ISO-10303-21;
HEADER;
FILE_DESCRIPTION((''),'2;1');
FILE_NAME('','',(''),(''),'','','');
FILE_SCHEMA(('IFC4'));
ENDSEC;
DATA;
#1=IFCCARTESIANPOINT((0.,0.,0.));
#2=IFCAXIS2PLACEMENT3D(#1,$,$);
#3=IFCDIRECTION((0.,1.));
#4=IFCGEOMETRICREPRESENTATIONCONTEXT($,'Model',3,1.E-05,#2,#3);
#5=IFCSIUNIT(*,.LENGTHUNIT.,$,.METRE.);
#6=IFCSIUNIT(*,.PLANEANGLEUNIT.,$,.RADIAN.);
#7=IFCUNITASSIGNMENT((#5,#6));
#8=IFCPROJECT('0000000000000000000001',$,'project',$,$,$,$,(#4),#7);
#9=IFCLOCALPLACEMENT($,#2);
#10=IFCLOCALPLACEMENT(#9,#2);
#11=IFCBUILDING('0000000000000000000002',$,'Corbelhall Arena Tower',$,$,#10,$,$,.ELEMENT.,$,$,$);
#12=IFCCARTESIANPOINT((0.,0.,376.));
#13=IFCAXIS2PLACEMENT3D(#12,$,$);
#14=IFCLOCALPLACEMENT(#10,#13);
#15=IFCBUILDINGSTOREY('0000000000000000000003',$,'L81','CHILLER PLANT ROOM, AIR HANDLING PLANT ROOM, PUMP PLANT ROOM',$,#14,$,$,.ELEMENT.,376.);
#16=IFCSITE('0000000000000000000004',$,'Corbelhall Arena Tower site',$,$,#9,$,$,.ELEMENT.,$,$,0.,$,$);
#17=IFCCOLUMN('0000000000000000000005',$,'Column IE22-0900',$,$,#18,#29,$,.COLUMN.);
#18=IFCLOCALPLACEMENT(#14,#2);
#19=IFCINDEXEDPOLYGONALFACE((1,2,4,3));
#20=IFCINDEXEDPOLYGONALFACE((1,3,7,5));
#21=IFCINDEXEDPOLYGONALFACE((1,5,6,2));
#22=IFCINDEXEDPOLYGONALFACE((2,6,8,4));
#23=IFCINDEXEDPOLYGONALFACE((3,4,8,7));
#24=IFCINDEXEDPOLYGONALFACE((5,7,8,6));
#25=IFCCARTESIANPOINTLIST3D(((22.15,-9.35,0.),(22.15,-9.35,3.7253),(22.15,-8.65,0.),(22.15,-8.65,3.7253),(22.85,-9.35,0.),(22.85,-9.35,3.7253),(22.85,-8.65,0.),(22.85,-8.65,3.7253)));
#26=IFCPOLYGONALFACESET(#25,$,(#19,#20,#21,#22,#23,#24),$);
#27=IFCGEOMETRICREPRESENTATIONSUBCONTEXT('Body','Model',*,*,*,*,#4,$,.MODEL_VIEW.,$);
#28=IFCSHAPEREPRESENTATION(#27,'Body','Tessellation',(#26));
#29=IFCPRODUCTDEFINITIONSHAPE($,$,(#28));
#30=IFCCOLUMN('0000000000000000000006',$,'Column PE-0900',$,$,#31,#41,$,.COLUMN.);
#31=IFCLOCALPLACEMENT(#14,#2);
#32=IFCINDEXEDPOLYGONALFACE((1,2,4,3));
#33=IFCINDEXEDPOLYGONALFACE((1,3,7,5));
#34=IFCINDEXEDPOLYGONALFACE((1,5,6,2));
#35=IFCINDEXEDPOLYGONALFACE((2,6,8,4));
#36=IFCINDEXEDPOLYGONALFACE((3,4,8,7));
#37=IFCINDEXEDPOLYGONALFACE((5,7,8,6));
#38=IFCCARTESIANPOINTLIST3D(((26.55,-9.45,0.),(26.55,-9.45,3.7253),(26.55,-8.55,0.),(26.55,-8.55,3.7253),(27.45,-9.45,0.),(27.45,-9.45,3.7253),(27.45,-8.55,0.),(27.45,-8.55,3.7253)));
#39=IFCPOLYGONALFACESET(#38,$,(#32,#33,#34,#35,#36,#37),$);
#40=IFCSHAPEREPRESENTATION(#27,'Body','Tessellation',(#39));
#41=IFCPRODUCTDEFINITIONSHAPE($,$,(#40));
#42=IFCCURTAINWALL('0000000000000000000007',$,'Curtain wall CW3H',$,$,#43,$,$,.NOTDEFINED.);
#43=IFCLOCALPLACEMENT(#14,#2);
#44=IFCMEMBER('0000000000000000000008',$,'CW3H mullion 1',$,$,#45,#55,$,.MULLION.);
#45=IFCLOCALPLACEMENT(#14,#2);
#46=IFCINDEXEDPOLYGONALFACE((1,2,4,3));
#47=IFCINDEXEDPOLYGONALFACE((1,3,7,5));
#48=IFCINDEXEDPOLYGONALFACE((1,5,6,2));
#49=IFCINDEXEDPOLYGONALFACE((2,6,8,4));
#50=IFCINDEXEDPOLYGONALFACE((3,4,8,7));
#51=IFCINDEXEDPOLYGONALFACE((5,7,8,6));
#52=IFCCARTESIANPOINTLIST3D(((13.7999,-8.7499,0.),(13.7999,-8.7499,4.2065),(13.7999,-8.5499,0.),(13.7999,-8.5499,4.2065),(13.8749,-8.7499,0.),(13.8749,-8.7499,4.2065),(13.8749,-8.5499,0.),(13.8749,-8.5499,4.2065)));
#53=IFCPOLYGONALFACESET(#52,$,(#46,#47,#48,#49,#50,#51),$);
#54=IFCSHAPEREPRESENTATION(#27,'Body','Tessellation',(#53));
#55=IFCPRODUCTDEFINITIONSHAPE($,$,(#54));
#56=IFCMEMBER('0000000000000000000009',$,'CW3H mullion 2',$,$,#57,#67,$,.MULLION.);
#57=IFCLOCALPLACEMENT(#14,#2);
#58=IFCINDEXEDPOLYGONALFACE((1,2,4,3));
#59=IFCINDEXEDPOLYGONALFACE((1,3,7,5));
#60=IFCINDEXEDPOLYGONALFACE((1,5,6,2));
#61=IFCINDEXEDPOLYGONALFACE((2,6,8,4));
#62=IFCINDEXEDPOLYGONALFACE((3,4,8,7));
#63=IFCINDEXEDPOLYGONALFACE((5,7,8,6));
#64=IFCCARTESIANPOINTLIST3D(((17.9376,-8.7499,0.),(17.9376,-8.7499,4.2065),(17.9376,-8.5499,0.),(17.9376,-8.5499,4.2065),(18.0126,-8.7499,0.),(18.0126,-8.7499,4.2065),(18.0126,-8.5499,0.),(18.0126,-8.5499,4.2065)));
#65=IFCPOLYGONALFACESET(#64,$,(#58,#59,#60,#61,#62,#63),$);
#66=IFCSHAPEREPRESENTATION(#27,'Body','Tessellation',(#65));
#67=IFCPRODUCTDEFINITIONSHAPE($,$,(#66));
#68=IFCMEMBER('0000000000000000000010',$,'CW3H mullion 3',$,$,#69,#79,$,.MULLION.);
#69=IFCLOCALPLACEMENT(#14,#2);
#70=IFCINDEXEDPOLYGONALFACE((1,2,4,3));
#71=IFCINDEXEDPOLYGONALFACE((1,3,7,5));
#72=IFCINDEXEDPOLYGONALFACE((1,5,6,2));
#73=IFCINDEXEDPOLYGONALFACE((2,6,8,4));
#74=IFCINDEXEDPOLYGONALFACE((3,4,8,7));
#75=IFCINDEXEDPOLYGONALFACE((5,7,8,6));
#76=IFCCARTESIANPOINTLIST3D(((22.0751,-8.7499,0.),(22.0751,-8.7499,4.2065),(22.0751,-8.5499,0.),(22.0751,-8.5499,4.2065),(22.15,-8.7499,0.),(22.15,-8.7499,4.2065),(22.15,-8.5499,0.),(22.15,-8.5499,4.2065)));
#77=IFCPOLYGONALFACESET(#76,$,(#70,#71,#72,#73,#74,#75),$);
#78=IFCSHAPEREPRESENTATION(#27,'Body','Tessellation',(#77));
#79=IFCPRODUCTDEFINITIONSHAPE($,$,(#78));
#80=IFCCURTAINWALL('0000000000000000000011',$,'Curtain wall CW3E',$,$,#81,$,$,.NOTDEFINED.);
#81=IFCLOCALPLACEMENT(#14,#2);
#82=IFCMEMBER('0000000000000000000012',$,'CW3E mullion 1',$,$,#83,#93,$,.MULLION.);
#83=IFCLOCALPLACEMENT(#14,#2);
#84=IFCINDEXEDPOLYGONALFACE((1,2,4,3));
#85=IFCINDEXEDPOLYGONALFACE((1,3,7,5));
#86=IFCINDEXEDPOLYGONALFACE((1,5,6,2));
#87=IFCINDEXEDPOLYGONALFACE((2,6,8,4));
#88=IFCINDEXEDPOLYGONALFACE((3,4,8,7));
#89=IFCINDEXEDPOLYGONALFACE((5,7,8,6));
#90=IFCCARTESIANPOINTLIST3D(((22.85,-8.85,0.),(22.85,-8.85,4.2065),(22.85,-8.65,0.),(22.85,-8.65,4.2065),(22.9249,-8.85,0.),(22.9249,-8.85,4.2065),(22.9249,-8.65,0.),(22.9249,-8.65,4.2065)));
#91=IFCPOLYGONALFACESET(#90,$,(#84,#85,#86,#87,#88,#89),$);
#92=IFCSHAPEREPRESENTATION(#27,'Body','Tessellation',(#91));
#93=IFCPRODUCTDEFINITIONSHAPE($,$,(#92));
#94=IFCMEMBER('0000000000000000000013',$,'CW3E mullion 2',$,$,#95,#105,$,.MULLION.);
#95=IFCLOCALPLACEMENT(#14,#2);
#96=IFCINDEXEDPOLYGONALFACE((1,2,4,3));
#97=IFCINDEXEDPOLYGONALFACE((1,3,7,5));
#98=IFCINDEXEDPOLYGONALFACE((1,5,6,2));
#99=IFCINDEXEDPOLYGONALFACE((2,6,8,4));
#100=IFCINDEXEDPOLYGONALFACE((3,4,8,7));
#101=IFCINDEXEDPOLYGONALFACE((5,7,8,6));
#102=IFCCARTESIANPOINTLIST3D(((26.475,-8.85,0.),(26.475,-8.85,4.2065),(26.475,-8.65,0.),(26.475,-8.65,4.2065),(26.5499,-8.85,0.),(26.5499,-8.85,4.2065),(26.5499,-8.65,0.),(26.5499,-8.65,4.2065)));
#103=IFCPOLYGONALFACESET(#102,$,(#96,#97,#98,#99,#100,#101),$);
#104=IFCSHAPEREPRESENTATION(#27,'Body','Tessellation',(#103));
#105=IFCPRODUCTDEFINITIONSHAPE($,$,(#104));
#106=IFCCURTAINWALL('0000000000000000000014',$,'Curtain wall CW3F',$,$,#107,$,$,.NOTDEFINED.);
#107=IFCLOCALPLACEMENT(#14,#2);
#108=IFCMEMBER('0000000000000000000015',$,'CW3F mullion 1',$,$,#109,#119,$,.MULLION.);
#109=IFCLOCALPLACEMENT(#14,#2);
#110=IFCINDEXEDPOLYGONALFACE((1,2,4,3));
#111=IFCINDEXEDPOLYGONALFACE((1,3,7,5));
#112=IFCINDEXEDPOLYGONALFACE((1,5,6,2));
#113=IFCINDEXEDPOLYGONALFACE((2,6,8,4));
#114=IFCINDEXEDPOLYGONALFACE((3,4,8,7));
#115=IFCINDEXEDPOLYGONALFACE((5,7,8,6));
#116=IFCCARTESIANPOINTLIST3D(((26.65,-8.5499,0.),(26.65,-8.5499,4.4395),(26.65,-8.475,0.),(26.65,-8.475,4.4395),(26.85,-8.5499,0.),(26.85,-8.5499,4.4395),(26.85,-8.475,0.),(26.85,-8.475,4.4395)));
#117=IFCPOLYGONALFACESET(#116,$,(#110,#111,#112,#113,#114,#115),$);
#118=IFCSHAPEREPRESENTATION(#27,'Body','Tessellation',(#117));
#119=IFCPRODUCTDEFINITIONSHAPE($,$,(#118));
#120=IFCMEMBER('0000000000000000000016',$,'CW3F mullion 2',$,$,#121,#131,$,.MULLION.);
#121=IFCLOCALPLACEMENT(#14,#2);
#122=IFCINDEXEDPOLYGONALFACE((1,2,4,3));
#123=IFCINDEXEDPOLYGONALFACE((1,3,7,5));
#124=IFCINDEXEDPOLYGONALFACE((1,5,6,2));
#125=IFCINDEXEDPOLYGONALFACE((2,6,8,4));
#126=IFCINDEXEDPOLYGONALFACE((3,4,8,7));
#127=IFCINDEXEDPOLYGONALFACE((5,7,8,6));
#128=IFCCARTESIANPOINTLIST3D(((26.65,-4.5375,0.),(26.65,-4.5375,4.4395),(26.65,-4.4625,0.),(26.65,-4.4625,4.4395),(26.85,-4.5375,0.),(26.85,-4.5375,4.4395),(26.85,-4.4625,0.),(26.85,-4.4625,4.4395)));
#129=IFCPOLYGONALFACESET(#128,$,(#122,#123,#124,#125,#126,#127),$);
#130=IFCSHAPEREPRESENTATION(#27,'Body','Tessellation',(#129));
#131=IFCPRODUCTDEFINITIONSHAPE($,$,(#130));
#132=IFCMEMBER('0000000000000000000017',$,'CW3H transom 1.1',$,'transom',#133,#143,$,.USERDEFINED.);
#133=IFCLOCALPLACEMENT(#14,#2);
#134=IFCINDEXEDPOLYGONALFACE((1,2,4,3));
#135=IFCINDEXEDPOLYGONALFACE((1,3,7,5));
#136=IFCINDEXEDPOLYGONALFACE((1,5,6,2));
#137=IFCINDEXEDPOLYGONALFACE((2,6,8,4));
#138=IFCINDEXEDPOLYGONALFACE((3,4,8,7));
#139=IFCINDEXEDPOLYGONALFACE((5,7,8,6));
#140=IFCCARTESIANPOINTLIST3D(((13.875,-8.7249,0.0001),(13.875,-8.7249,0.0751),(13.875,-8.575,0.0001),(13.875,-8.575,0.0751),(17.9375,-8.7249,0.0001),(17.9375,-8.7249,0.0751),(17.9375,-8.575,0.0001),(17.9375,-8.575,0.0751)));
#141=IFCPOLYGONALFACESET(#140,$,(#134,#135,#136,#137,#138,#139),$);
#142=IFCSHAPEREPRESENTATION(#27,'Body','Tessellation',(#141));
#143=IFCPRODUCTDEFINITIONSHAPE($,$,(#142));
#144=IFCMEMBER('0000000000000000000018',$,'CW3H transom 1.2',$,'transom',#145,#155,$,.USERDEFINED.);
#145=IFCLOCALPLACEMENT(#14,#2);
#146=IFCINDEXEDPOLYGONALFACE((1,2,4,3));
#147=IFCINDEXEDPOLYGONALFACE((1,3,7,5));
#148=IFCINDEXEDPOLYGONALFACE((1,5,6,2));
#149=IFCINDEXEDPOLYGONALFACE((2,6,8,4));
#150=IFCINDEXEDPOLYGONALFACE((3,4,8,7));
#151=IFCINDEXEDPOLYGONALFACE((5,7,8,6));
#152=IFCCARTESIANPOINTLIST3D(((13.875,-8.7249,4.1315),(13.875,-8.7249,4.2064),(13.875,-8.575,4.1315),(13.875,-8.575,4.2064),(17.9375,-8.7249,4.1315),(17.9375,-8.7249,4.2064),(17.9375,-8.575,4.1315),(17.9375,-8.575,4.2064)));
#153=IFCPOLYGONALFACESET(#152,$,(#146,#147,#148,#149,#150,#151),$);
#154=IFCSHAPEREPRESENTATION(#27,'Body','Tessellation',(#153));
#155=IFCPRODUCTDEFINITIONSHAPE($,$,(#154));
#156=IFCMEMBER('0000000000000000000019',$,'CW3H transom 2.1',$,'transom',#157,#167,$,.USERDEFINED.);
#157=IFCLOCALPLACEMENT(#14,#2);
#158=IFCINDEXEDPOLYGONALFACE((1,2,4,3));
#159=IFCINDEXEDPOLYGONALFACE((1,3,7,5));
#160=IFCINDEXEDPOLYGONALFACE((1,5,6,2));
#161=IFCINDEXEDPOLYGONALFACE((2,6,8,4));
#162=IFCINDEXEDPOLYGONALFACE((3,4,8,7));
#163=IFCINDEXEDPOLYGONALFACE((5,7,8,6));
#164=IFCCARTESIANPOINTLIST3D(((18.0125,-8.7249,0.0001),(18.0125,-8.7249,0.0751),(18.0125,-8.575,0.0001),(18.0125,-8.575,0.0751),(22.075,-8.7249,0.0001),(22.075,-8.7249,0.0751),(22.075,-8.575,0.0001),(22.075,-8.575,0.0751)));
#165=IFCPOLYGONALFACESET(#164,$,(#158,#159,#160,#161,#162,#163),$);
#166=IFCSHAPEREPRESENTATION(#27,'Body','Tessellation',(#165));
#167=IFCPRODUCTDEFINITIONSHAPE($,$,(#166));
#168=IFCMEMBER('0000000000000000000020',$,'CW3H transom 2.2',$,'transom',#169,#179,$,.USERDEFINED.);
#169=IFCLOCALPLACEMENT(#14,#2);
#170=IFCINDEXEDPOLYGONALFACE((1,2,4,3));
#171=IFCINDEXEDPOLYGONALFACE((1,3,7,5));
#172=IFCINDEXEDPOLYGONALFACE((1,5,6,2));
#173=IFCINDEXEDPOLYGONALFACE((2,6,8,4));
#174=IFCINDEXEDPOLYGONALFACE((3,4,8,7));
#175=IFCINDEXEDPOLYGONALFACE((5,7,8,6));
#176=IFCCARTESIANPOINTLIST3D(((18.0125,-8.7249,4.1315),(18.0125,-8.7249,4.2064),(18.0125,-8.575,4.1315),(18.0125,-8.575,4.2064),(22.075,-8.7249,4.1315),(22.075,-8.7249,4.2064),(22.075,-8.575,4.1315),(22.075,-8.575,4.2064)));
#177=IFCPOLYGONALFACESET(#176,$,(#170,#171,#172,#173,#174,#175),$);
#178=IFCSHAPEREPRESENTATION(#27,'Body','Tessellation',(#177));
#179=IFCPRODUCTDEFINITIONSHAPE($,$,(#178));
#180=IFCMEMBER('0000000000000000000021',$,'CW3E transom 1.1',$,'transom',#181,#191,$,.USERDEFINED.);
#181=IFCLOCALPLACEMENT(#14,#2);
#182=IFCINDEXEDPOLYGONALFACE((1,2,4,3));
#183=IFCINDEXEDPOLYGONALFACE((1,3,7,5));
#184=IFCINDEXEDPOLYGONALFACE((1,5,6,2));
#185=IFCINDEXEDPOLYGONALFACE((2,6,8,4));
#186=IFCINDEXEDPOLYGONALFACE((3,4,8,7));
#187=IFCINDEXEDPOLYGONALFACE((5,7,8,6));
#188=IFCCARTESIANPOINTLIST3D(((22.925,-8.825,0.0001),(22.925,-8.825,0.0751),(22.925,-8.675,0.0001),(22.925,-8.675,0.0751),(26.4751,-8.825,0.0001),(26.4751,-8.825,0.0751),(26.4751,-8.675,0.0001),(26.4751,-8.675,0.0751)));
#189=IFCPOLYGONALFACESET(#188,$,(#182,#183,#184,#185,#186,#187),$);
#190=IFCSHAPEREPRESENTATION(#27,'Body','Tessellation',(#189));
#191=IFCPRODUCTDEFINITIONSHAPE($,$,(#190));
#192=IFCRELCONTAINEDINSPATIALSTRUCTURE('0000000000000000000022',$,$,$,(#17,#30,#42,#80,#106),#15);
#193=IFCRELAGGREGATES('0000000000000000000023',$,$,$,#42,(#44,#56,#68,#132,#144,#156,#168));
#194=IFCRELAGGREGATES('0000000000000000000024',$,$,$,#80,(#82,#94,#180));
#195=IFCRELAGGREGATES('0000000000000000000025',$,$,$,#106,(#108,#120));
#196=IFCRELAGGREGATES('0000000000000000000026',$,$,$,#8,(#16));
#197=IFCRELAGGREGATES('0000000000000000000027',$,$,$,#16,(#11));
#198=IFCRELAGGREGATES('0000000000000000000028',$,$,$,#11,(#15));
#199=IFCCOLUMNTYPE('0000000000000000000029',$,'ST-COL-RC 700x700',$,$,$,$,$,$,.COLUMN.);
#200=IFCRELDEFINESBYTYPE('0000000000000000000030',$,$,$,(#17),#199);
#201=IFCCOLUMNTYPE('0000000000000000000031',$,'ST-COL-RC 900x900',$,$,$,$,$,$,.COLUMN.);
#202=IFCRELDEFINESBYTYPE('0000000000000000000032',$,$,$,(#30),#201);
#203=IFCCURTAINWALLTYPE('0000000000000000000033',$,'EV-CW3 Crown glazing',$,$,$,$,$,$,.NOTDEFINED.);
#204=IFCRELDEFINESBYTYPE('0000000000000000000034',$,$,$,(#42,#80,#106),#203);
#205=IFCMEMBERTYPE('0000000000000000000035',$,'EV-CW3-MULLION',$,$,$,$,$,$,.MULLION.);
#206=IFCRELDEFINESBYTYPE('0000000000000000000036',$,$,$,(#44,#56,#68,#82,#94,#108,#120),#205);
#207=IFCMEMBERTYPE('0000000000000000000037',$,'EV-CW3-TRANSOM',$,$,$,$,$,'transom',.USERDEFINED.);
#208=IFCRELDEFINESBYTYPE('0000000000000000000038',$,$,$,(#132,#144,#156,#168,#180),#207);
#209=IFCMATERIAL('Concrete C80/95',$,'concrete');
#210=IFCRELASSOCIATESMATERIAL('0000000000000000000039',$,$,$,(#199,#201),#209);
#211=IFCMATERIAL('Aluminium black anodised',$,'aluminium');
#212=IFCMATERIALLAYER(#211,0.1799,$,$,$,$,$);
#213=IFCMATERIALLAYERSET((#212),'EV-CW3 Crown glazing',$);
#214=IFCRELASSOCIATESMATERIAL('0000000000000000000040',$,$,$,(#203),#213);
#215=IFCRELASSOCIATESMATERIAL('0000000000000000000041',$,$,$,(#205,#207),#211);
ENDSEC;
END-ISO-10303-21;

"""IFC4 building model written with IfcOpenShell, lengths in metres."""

from ifc_helpers import new_model, si_unit, direction, frame, origin, origin_2d, place, context, subcontext, project, spatial, rectangle, extrude, material, layer, layer_set, material_profile, profile_set, type_object, element, aggregate, save


model = new_model("IFC4")

# Units and contexts
model_context = context("Model", 3, precision=1e-05, world=origin(), true_north=direction((0.0, 1.0)))
body_context = subcontext(model_context, "Body", "Model", "MODEL_VIEW")
ifc_project = project(units=[si_unit("LENGTHUNIT", "METRE"), si_unit("PLANEANGLEUNIT", "RADIAN")], contexts=[model_context])

# Site, building, storey
site_placement = place(None, origin())
site = spatial("IfcSite", under=ifc_project, at=site_placement, Name="Corbelhall Arena Tower site", CompositionType="ELEMENT", RefElevation=0.0)
building_placement = place(site_placement, origin())
building = spatial("IfcBuilding", under=site, at=building_placement, Name="Corbelhall Arena Tower", CompositionType="ELEMENT")
storey_placement = place(building_placement, frame((0.0, 0.0, 376.0)))
storey = spatial("IfcBuildingStorey", under=building, at=storey_placement, Name="L81", Description="CHILLER PLANT ROOM, AIR HANDLING PLANT ROOM, PUMP PLANT ROOM", CompositionType="ELEMENT", Elevation=376.0)

# Columns
ifc_material_1 = material(Name="Concrete C80/95", Category="concrete")
ifc_material_profile_1 = material_profile(ifc_material_1, rectangle(XDim=0.7, YDim=0.7, at=origin_2d()))
ifc_profile_set_1 = profile_set([ifc_material_profile_1], Name="Concrete C80/95")
column_type_1 = type_object("IfcColumnType", Name="ST-COL-RC 700x700", PredefinedType="COLUMN", material=ifc_profile_set_1)
column_1_placement = place(storey_placement, frame((22.5, -9.0, 0.0), z_axis=(0.0, 0.0, 1.0), x_axis=(1.0, 0.0, 0.0)))
element("IfcColumn", 1, at=column_1_placement, inside=storey, type_object=column_type_1, Name="Column IE22-0900", PredefinedType="COLUMN", context=body_context, shape_type="SweptSolid", body=[
    extrude(rectangle(XDim=0.7, YDim=0.7, at=origin_2d()), origin(), (0.0, 0.0, 1.0), 3.7253),
])
ifc_material_profile_2 = material_profile(ifc_material_1, rectangle(XDim=0.8999, YDim=0.8999, at=origin_2d()))
ifc_profile_set_2 = profile_set([ifc_material_profile_2], Name="Concrete C80/95")
column_type_2 = type_object("IfcColumnType", Name="ST-COL-RC 900x900", PredefinedType="COLUMN", material=ifc_profile_set_2)
column_2_placement = place(storey_placement, frame((27.0, -9.0, 0.0), z_axis=(0.0, 0.0, 1.0), x_axis=(0.0, 1.0, 0.0)))
element("IfcColumn", 2, at=column_2_placement, inside=storey, type_object=column_type_2, Name="Column PE-0900", PredefinedType="COLUMN", context=body_context, shape_type="SweptSolid", body=[
    extrude(rectangle(XDim=0.8999, YDim=0.8999, at=origin_2d()), origin(), (0.0, 0.0, 1.0), 3.7253),
])

# Curtain walls, members
ifc_material_2 = material(Name="Aluminium black anodised", Category="aluminium")
ifc_layer_1 = layer(ifc_material_2, 0.1799)
ifc_layer_set_1 = layer_set([ifc_layer_1], Name="EV-CW3 Crown glazing")
curtain_wall_type = type_object("IfcCurtainWallType", Name="EV-CW3 Crown glazing", PredefinedType="NOTDEFINED", material=ifc_layer_set_1)
curtain_wall_1_placement = place(storey_placement, origin())
curtain_wall_1 = element("IfcCurtainWall", 3, at=curtain_wall_1_placement, inside=storey, type_object=curtain_wall_type, Name="Curtain wall CW3H", PredefinedType="NOTDEFINED")
ifc_material_profile_3 = material_profile(ifc_material_2, rectangle(XDim=0.2, YDim=0.075, at=origin_2d()))
ifc_profile_set_3 = profile_set([ifc_material_profile_3], Name="Aluminium black anodised")
member_type_1 = type_object("IfcMemberType", Name="EV-CW3-MULLION", PredefinedType="MULLION", material=ifc_profile_set_3)
member_1_placement = place(storey_placement, frame((13.8374, -8.6499, 0.0), z_axis=(0.0, 0.0, 1.0), x_axis=(0.0, 1.0, 0.0)))
member_1 = element("IfcMember", 4, at=member_1_placement, type_object=member_type_1, Name="CW3H mullion 1", PredefinedType="MULLION", context=body_context, shape_type="SweptSolid", body=[
    extrude(rectangle(XDim=0.2, YDim=0.075, at=origin_2d()), origin(), (0.0, 0.0, 1.0), 4.2065),
])
member_2_placement = place(storey_placement, frame((17.9751, -8.6499, 0.0), z_axis=(0.0, 0.0, 1.0), x_axis=(0.0, 1.0, 0.0)))
member_2 = element("IfcMember", 5, at=member_2_placement, type_object=member_type_1, Name="CW3H mullion 2", PredefinedType="MULLION", context=body_context, shape_type="SweptSolid", body=[
    extrude(rectangle(XDim=0.2, YDim=0.075, at=origin_2d()), origin(), (0.0, 0.0, 1.0), 4.2065),
])
member_3_placement = place(storey_placement, frame((22.1125, -8.6499, 0.0), z_axis=(0.0, 0.0, 1.0), x_axis=(0.0, 1.0, 0.0)))
member_3 = element("IfcMember", 6, at=member_3_placement, type_object=member_type_1, Name="CW3H mullion 3", PredefinedType="MULLION", context=body_context, shape_type="SweptSolid", body=[
    extrude(rectangle(XDim=0.2, YDim=0.075, at=origin_2d()), origin(), (0.0, 0.0, 1.0), 4.2065),
])
curtain_wall_2_placement = place(storey_placement, origin())
curtain_wall_2 = element("IfcCurtainWall", 7, at=curtain_wall_2_placement, inside=storey, type_object=curtain_wall_type, Name="Curtain wall CW3E", PredefinedType="NOTDEFINED")
member_4_placement = place(storey_placement, frame((22.8875, -8.75, 0.0), z_axis=(0.0, 0.0, 1.0), x_axis=(0.0, 1.0, 0.0)))
member_4 = element("IfcMember", 8, at=member_4_placement, type_object=member_type_1, Name="CW3E mullion 1", PredefinedType="MULLION", context=body_context, shape_type="SweptSolid", body=[
    extrude(rectangle(XDim=0.2, YDim=0.075, at=origin_2d()), origin(), (0.0, 0.0, 1.0), 4.2065),
])
member_5_placement = place(storey_placement, frame((26.5125, -8.75, 0.0), z_axis=(0.0, 0.0, 1.0), x_axis=(0.0, 1.0, 0.0)))
member_5 = element("IfcMember", 9, at=member_5_placement, type_object=member_type_1, Name="CW3E mullion 2", PredefinedType="MULLION", context=body_context, shape_type="SweptSolid", body=[
    extrude(rectangle(XDim=0.2, YDim=0.075, at=origin_2d()), origin(), (0.0, 0.0, 1.0), 4.2065),
])
curtain_wall_3_placement = place(storey_placement, origin())
curtain_wall_3 = element("IfcCurtainWall", 10, at=curtain_wall_3_placement, inside=storey, type_object=curtain_wall_type, Name="Curtain wall CW3F", PredefinedType="NOTDEFINED")
member_6_placement = place(storey_placement, frame((26.75, -8.5125, 0.0), z_axis=(0.0, 0.0, 1.0), x_axis=(-1.0, 0.0, 0.0)))
member_6 = element("IfcMember", 11, at=member_6_placement, type_object=member_type_1, Name="CW3F mullion 1", PredefinedType="MULLION", context=body_context, shape_type="SweptSolid", body=[
    extrude(rectangle(XDim=0.2, YDim=0.075, at=origin_2d()), origin(), (0.0, 0.0, 1.0), 4.4395),
])
member_7_placement = place(storey_placement, frame((26.75, -4.5, 0.0), z_axis=(0.0, 0.0, 1.0), x_axis=(-1.0, 0.0, 0.0)))
member_7 = element("IfcMember", 12, at=member_7_placement, type_object=member_type_1, Name="CW3F mullion 2", PredefinedType="MULLION", context=body_context, shape_type="SweptSolid", body=[
    extrude(rectangle(XDim=0.2, YDim=0.075, at=origin_2d()), origin(), (0.0, 0.0, 1.0), 4.4395),
])

# Members
ifc_material_profile_4 = material_profile(ifc_material_2, rectangle(XDim=0.1499, YDim=0.075, at=origin_2d()))
ifc_profile_set_4 = profile_set([ifc_material_profile_4], Name="Aluminium black anodised")
member_type_2 = type_object("IfcMemberType", Name="EV-CW3-TRANSOM", ElementType="transom", PredefinedType="USERDEFINED", material=ifc_profile_set_4)
member_8_placement = place(storey_placement, frame((13.875, -8.6499, 0.0376), z_axis=(1.0, 0.0, 0.0), x_axis=(0.0, 1.0, 0.0)))
member_8 = element("IfcMember", 13, at=member_8_placement, type_object=member_type_2, Name="CW3H transom 1.1", ObjectType="transom", PredefinedType="USERDEFINED", context=body_context, shape_type="SweptSolid", body=[
    extrude(rectangle(XDim=0.1499, YDim=0.075, at=origin_2d()), origin(), (0.0, 0.0, 1.0), 4.0625),
])
member_9_placement = place(storey_placement, frame((13.875, -8.6499, 4.1689), z_axis=(1.0, 0.0, 0.0), x_axis=(0.0, 1.0, 0.0)))
member_9 = element("IfcMember", 14, at=member_9_placement, type_object=member_type_2, Name="CW3H transom 1.2", ObjectType="transom", PredefinedType="USERDEFINED", context=body_context, shape_type="SweptSolid", body=[
    extrude(rectangle(XDim=0.1499, YDim=0.075, at=origin_2d()), origin(), (0.0, 0.0, 1.0), 4.0625),
])
member_10_placement = place(storey_placement, frame((18.0125, -8.6499, 0.0376), z_axis=(1.0, 0.0, 0.0), x_axis=(0.0, 1.0, 0.0)))
member_10 = element("IfcMember", 15, at=member_10_placement, type_object=member_type_2, Name="CW3H transom 2.1", ObjectType="transom", PredefinedType="USERDEFINED", context=body_context, shape_type="SweptSolid", body=[
    extrude(rectangle(XDim=0.1499, YDim=0.075, at=origin_2d()), origin(), (0.0, 0.0, 1.0), 4.0625),
])
member_11_placement = place(storey_placement, frame((18.0125, -8.6499, 4.1689), z_axis=(1.0, 0.0, 0.0), x_axis=(0.0, 1.0, 0.0)))
member_11 = element("IfcMember", 16, at=member_11_placement, type_object=member_type_2, Name="CW3H transom 2.2", ObjectType="transom", PredefinedType="USERDEFINED", context=body_context, shape_type="SweptSolid", body=[
    extrude(rectangle(XDim=0.1499, YDim=0.075, at=origin_2d()), origin(), (0.0, 0.0, 1.0), 4.0625),
])
member_12_placement = place(storey_placement, frame((22.925, -8.75, 0.0376), z_axis=(1.0, 0.0, 0.0), x_axis=(0.0, 1.0, 0.0)))
member_12 = element("IfcMember", 17, at=member_12_placement, type_object=member_type_2, Name="CW3E transom 1.1", ObjectType="transom", PredefinedType="USERDEFINED", context=body_context, shape_type="SweptSolid", body=[
    extrude(rectangle(XDim=0.1499, YDim=0.075, at=origin_2d()), origin(), (0.0, 0.0, 1.0), 3.55),
])

aggregate(curtain_wall_1, [member_1, member_2, member_3, member_8, member_9, member_10, member_11])
aggregate(curtain_wall_2, [member_4, member_5, member_12])
aggregate(curtain_wall_3, [member_6, member_7])

save(model, "model.ifc")
